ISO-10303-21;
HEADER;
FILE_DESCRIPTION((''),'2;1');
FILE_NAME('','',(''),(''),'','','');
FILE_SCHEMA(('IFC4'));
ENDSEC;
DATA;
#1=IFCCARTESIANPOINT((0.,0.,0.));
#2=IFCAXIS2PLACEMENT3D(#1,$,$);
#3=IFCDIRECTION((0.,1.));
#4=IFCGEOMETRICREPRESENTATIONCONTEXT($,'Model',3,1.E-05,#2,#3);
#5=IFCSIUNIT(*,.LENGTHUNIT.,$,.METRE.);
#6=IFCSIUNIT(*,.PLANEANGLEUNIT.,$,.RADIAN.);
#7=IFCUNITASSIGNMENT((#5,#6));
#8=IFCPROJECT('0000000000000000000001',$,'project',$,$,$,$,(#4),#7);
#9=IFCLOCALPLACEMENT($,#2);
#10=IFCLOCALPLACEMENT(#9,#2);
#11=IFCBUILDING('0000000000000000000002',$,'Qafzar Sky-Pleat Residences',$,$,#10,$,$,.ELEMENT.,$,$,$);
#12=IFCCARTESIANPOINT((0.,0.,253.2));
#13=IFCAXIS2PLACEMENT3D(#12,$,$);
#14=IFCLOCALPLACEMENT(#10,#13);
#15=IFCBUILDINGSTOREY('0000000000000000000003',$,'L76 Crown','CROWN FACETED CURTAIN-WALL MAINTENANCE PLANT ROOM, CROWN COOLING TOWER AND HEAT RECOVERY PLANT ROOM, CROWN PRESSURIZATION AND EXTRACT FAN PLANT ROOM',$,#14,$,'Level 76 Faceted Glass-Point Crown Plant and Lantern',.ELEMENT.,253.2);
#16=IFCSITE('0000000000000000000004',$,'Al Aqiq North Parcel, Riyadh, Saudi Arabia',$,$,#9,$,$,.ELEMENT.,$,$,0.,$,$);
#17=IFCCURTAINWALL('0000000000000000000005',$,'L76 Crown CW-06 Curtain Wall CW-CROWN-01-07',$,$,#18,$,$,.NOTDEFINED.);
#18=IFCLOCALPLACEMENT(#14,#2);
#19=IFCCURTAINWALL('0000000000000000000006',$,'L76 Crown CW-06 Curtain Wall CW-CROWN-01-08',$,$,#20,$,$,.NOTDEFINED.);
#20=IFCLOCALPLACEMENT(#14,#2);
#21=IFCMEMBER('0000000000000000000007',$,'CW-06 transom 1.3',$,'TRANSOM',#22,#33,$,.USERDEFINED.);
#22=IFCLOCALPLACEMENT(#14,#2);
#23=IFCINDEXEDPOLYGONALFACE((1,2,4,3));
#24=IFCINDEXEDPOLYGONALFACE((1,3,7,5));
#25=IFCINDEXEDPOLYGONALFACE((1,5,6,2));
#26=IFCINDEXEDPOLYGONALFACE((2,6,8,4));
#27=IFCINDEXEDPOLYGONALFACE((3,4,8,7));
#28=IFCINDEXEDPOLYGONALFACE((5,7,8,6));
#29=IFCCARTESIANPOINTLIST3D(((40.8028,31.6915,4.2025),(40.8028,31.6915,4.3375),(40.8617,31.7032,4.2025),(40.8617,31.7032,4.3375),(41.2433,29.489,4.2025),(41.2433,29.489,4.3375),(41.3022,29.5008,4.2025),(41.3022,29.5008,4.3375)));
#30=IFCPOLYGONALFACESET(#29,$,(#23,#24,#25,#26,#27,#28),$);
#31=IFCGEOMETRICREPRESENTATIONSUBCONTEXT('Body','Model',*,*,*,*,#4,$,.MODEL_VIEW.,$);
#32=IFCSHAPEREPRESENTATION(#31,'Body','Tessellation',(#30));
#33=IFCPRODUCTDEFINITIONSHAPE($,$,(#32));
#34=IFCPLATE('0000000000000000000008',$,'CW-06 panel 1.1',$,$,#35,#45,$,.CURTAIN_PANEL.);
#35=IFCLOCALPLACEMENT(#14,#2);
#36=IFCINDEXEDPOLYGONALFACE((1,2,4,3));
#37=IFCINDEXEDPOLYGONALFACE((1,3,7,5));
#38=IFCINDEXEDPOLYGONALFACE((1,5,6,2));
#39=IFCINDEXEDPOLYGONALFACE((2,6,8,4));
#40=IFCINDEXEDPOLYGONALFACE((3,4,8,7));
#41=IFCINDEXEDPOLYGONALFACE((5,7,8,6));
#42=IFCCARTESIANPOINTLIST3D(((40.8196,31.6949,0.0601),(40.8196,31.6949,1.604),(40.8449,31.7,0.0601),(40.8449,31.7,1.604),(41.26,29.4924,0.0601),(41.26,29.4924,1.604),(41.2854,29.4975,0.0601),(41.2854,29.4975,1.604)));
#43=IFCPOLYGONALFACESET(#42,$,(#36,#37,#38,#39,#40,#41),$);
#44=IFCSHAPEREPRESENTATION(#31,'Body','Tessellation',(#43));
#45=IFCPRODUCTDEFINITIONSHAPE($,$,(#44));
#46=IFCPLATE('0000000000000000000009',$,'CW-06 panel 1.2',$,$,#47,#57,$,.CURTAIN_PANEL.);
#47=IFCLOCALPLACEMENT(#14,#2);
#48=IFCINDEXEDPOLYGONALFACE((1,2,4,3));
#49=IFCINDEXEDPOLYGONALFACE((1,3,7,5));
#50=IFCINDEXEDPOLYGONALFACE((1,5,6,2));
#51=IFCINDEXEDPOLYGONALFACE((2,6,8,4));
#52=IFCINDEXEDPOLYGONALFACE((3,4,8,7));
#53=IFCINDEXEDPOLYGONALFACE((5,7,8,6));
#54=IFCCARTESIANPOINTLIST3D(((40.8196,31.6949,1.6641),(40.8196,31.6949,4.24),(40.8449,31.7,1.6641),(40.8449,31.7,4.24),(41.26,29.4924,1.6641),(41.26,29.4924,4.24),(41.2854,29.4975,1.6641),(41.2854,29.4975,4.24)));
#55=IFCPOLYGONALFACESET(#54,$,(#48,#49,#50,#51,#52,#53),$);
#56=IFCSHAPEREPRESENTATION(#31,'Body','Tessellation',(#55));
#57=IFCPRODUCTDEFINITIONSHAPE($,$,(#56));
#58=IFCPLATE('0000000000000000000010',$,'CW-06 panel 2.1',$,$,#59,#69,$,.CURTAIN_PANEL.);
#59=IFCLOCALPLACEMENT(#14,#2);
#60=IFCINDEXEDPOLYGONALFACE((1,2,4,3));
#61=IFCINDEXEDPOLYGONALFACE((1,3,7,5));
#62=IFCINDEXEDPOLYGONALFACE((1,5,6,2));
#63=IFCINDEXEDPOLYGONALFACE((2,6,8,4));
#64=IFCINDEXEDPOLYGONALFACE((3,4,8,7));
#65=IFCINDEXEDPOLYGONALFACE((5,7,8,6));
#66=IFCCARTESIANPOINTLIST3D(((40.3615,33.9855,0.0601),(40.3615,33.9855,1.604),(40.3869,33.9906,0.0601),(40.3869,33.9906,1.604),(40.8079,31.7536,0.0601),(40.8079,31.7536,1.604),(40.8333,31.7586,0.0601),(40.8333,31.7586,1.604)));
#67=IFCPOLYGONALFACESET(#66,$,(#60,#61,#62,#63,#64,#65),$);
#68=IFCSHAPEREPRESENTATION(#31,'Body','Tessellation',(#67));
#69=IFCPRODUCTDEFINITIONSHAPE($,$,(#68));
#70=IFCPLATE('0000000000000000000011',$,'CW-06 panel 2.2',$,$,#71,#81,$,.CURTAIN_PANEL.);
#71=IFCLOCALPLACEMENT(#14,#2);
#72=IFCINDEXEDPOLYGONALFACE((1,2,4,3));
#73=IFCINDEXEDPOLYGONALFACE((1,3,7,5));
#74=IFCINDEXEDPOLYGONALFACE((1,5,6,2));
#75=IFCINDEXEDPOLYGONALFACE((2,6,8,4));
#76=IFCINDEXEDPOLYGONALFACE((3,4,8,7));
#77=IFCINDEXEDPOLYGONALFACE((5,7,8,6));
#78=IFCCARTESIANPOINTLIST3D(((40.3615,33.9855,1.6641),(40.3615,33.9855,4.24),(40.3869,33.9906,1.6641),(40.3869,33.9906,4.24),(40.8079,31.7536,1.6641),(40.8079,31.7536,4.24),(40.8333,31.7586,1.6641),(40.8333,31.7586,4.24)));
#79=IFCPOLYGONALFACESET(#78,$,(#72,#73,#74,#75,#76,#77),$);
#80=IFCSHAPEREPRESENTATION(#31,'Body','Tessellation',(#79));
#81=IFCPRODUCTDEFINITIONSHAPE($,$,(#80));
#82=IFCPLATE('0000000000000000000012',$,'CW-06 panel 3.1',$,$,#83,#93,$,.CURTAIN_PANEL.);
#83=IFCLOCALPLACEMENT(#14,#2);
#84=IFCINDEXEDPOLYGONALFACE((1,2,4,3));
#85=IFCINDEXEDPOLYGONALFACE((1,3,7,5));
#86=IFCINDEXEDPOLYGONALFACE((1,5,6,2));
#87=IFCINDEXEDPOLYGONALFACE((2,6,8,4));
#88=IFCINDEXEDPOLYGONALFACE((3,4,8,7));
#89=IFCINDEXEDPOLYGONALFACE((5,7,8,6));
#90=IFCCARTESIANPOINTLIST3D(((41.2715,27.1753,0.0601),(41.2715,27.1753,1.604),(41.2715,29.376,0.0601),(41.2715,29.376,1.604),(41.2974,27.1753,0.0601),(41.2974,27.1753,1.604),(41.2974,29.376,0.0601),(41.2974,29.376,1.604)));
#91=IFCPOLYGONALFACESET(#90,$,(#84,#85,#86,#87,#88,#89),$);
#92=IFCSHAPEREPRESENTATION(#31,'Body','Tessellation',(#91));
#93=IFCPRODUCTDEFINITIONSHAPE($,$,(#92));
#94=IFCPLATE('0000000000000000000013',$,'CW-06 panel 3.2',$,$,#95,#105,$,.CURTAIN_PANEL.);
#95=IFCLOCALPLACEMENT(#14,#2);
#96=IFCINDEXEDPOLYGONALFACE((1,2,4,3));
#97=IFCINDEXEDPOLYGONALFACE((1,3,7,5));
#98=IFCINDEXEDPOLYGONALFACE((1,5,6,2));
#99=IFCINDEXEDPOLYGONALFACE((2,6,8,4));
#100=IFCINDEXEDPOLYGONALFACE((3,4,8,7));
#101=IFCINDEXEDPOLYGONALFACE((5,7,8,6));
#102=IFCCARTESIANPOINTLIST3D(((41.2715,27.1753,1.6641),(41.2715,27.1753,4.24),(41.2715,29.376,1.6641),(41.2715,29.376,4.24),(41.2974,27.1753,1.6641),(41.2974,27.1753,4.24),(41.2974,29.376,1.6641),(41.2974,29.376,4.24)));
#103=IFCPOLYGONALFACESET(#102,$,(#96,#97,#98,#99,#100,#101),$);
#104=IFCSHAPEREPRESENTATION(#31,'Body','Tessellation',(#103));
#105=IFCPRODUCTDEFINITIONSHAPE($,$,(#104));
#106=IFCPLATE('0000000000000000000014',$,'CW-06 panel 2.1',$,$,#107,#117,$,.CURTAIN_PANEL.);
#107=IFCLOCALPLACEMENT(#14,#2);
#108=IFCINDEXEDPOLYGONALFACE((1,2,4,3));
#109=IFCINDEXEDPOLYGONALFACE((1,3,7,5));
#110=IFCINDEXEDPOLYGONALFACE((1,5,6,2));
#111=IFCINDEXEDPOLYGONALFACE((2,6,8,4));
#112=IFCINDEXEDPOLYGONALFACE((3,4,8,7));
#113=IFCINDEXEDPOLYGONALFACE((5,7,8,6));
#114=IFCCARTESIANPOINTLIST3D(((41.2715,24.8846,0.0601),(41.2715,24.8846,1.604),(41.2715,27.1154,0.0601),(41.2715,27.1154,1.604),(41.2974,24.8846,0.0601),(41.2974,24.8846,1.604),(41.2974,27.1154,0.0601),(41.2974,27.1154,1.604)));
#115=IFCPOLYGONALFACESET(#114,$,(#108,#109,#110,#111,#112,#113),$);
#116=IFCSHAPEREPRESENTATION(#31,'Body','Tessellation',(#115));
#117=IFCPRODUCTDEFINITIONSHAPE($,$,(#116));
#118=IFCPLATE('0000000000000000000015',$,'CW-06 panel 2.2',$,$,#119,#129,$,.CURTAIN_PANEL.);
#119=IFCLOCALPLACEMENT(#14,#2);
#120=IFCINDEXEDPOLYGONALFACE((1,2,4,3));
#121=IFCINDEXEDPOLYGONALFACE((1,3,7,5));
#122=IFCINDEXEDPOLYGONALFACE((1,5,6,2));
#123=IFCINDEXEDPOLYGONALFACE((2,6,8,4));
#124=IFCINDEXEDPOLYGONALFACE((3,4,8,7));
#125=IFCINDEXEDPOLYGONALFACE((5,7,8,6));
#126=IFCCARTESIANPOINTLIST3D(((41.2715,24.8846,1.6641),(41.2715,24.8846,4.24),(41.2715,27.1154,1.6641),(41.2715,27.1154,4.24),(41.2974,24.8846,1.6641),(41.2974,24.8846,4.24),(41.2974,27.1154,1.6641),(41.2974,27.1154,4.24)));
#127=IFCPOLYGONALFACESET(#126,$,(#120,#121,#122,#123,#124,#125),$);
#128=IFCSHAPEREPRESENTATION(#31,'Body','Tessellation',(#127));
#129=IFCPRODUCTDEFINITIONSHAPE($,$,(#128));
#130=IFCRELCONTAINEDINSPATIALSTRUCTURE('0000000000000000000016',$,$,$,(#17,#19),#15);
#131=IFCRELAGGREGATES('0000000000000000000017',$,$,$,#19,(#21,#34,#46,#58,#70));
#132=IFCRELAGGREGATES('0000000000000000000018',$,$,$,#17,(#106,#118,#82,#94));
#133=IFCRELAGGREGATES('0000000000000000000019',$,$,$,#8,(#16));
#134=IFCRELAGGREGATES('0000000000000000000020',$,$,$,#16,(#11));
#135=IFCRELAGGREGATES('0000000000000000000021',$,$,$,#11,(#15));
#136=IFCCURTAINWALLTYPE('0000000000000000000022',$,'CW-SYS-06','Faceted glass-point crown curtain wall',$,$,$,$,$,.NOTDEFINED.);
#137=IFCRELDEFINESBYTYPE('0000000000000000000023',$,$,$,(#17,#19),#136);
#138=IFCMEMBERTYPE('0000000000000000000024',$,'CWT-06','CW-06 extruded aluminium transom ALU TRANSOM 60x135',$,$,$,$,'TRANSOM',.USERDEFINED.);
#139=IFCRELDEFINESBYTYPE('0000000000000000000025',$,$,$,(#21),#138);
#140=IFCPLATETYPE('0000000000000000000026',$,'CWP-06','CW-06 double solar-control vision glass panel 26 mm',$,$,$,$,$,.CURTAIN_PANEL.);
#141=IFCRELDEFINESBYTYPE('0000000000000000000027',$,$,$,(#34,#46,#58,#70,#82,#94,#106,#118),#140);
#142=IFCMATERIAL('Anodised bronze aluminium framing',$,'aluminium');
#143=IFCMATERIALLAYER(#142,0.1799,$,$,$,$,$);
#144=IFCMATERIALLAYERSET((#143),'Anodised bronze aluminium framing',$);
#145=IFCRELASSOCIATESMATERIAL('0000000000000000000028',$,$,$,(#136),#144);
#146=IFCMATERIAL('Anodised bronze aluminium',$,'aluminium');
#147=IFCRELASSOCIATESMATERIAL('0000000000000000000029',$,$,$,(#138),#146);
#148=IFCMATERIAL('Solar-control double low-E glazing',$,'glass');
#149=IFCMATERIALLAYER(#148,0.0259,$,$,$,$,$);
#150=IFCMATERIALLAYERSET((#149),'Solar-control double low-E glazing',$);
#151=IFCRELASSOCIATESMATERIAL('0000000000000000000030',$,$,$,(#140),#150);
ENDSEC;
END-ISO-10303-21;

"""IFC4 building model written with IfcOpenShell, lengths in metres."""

from ifc_helpers import new_model, si_unit, direction, frame, origin, origin_2d, place, context, subcontext, project, spatial, rectangle, extrude, source, transform, mapped, material, layer, layer_set, material_profile, profile_set, type_object, element, aggregate, save


model = new_model("IFC4")

# Units and contexts
model_context = context("Model", 3, precision=1e-05, world=origin(), true_north=direction((0.0, 1.0)))
body_context = subcontext(model_context, "Body", "Model", "MODEL_VIEW")
ifc_project = project(units=[si_unit("LENGTHUNIT", "METRE"), si_unit("PLANEANGLEUNIT", "RADIAN")], contexts=[model_context])

# Site, building, storey
site_placement = place(None, origin())
site = spatial("IfcSite", under=ifc_project, at=site_placement, Name="Al Aqiq North Parcel, Riyadh, Saudi Arabia", CompositionType="ELEMENT", RefElevation=0.0)
building_placement = place(site_placement, origin())
building = spatial("IfcBuilding", under=site, at=building_placement, Name="Qafzar Sky-Pleat Residences", CompositionType="ELEMENT")
storey_placement = place(building_placement, frame((0.0, 0.0, 253.2)))
storey = spatial("IfcBuildingStorey", under=building, at=storey_placement, Name="L76 Crown", Description="CROWN FACETED CURTAIN-WALL MAINTENANCE PLANT ROOM, CROWN COOLING TOWER AND HEAT RECOVERY PLANT ROOM, CROWN PRESSURIZATION AND EXTRACT FAN PLANT ROOM", LongName="Level 76 Faceted Glass-Point Crown Plant and Lantern", CompositionType="ELEMENT", Elevation=253.2)

# Curtain walls
ifc_material_1 = material(Name="Anodised bronze aluminium framing", Category="aluminium")
ifc_layer_1 = layer(ifc_material_1, 0.1799)
ifc_layer_set_1 = layer_set([ifc_layer_1], Name="Anodised bronze aluminium framing")
curtain_wall_type = type_object("IfcCurtainWallType", Name="CW-SYS-06", Description="Faceted glass-point crown curtain wall", PredefinedType="NOTDEFINED", material=ifc_layer_set_1)
curtain_wall_1_placement = place(storey_placement, origin())
curtain_wall_1 = element("IfcCurtainWall", 1, at=curtain_wall_1_placement, inside=storey, type_object=curtain_wall_type, Name="L76 Crown CW-06 Curtain Wall CW-CROWN-01-07", PredefinedType="NOTDEFINED")
ifc_material_2 = material(Name="Anodised bronze aluminium", Category="aluminium")
curtain_wall_2_placement = place(storey_placement, origin())
curtain_wall_2 = element("IfcCurtainWall", 2, at=curtain_wall_2_placement, inside=storey, type_object=curtain_wall_type, Name="L76 Crown CW-06 Curtain Wall CW-CROWN-01-08", PredefinedType="NOTDEFINED")
ifc_material_profile_1 = material_profile(ifc_material_2, rectangle(XDim=0.0601, YDim=0.135, at=origin_2d()), Name="ALU TRANSOM 60x135")
ifc_profile_set_1 = profile_set([ifc_material_profile_1], Name="Anodised bronze aluminium")
member_type_1 = type_object("IfcMemberType", Name="CWT-06", Description="CW-06 extruded aluminium transom ALU TRANSOM 60x135", ElementType="TRANSOM", PredefinedType="USERDEFINED", material=ifc_profile_set_1)

# Member
shared_shape_1 = source(origin(), body_context, "Body", "SweptSolid", [
    extrude(rectangle(XDim=0.0601, YDim=0.135, at=origin_2d()), origin(), (0.0, 0.0, 1.0), 2.2461),
])
member_1_placement = place(storey_placement, frame((41.2727, 29.4949, 4.27), z_axis=(-0.196095, 0.980585, 0.0), x_axis=(-0.980585, -0.196095, 0.0)))
member_1 = element("IfcMember", 3, at=member_1_placement, type_object=member_type_1, Name="CW-06 transom 1.3", ObjectType="TRANSOM", PredefinedType="USERDEFINED", context=body_context, shape_type="MappedRepresentation", body=[
    mapped(shared_shape_1, transform((0.0, 0.0, 0.0), x_axis=(1.0, 0.0, 0.0), y_axis=(0.0, 1.0, 0.0), z_axis=(0.0, 0.0, 1.0), scale=1.0)),
])

# Plates
ifc_material_3 = material(Name="Solar-control double low-E glazing", Category="glass")
ifc_layer_2 = layer(ifc_material_3, 0.0259)
ifc_layer_set_2 = layer_set([ifc_layer_2], Name="Solar-control double low-E glazing")
plate_type = type_object("IfcPlateType", Name="CWP-06", Description="CW-06 double solar-control vision glass panel 26 mm", PredefinedType="CURTAIN_PANEL", material=ifc_layer_set_2)
shared_shape_2 = source(origin(), body_context, "Body", "SweptSolid", [
    extrude(rectangle(XDim=2.2461, YDim=0.0259, at=origin_2d()), origin(), (0.0, 0.0, 1.0), 1.5439),
])
plate_1_placement = place(storey_placement, frame((41.0525, 30.5962, 0.0601), z_axis=(0.0, 0.0, 1.0), x_axis=(-0.196113, 0.980581, 0.0)))
plate_1 = element("IfcPlate", 4, at=plate_1_placement, type_object=plate_type, Name="CW-06 panel 1.1", PredefinedType="CURTAIN_PANEL", context=body_context, shape_type="MappedRepresentation", body=[
    mapped(shared_shape_2, transform((0.0, 0.0, 0.0), x_axis=(1.0, 0.0, 0.0), y_axis=(0.0, 1.0, 0.0), z_axis=(0.0, 0.0, 1.0), scale=1.0)),
])
shared_shape_3 = source(origin(), body_context, "Body", "SweptSolid", [
    extrude(rectangle(XDim=2.2461, YDim=0.0259, at=origin_2d()), origin(), (0.0, 0.0, 1.0), 2.5759),
])
plate_2_placement = place(storey_placement, frame((41.0525, 30.5962, 1.6641), z_axis=(0.0, 0.0, 1.0), x_axis=(-0.196113, 0.980581, 0.0)))
plate_2 = element("IfcPlate", 5, at=plate_2_placement, type_object=plate_type, Name="CW-06 panel 1.2", PredefinedType="CURTAIN_PANEL", context=body_context, shape_type="MappedRepresentation", body=[
    mapped(shared_shape_3, transform((0.0, 0.0, 0.0), x_axis=(1.0, 0.0, 0.0), y_axis=(0.0, 1.0, 0.0), z_axis=(0.0, 0.0, 1.0), scale=1.0)),
])
shared_shape_4 = source(origin(), body_context, "Body", "SweptSolid", [
    extrude(rectangle(XDim=2.2761, YDim=0.0259, at=origin_2d()), origin(), (0.0, 0.0, 1.0), 1.5439),
])
plate_3_placement = place(storey_placement, frame((40.5974, 32.8721, 0.0601), z_axis=(0.0, 0.0, 1.0), x_axis=(-0.196113, 0.980581, 0.0)))
plate_3 = element("IfcPlate", 6, at=plate_3_placement, type_object=plate_type, Name="CW-06 panel 2.1", PredefinedType="CURTAIN_PANEL", context=body_context, shape_type="MappedRepresentation", body=[
    mapped(shared_shape_4, transform((0.0, 0.0, 0.0), x_axis=(1.0, 0.0, 0.0), y_axis=(0.0, 1.0, 0.0), z_axis=(0.0, 0.0, 1.0), scale=1.0)),
])
shared_shape_5 = source(origin(), body_context, "Body", "SweptSolid", [
    extrude(rectangle(XDim=2.2761, YDim=0.0259, at=origin_2d()), origin(), (0.0, 0.0, 1.0), 2.5759),
])
plate_4_placement = place(storey_placement, frame((40.5974, 32.8721, 1.6641), z_axis=(0.0, 0.0, 1.0), x_axis=(-0.196113, 0.980581, 0.0)))
plate_4 = element("IfcPlate", 7, at=plate_4_placement, type_object=plate_type, Name="CW-06 panel 2.2", PredefinedType="CURTAIN_PANEL", context=body_context, shape_type="MappedRepresentation", body=[
    mapped(shared_shape_5, transform((0.0, 0.0, 0.0), x_axis=(1.0, 0.0, 0.0), y_axis=(0.0, 1.0, 0.0), z_axis=(0.0, 0.0, 1.0), scale=1.0)),
])
aggregate(curtain_wall_2, [member_1, plate_1, plate_2, plate_3, plate_4])
shared_shape_6 = source(origin(), body_context, "Body", "SweptSolid", [
    extrude(rectangle(XDim=2.2007, YDim=0.0259, at=origin_2d()), origin(), (0.0, 0.0, 1.0), 1.5439),
])
plate_5_placement = place(storey_placement, frame((41.2844, 28.2756, 0.0601), z_axis=(0.0, 0.0, 1.0), x_axis=(0.0, 1.0, 0.0)))
plate_5 = element("IfcPlate", 8, at=plate_5_placement, type_object=plate_type, Name="CW-06 panel 3.1", PredefinedType="CURTAIN_PANEL", context=body_context, shape_type="MappedRepresentation", body=[
    mapped(shared_shape_6, transform((0.0, 0.0, 0.0), x_axis=(1.0, 0.0, 0.0), y_axis=(0.0, 1.0, 0.0), z_axis=(0.0, 0.0, 1.0), scale=1.0)),
])
shared_shape_7 = source(origin(), body_context, "Body", "SweptSolid", [
    extrude(rectangle(XDim=2.2007, YDim=0.0259, at=origin_2d()), origin(), (0.0, 0.0, 1.0), 2.5759),
])
plate_6_placement = place(storey_placement, frame((41.2844, 28.2756, 1.6641), z_axis=(0.0, 0.0, 1.0), x_axis=(0.0, 1.0, 0.0)))
plate_6 = element("IfcPlate", 9, at=plate_6_placement, type_object=plate_type, Name="CW-06 panel 3.2", PredefinedType="CURTAIN_PANEL", context=body_context, shape_type="MappedRepresentation", body=[
    mapped(shared_shape_7, transform((0.0, 0.0, 0.0), x_axis=(1.0, 0.0, 0.0), y_axis=(0.0, 1.0, 0.0), z_axis=(0.0, 0.0, 1.0), scale=1.0)),
])
shared_shape_8 = source(origin(), body_context, "Body", "SweptSolid", [
    extrude(rectangle(XDim=2.2307, YDim=0.0259, at=origin_2d()), origin(), (0.0, 0.0, 1.0), 1.5439),
])
plate_7_placement = place(storey_placement, frame((41.2844, 26.0, 0.0601), z_axis=(0.0, 0.0, 1.0), x_axis=(0.0, 1.0, 0.0)))
plate_7 = element("IfcPlate", 10, at=plate_7_placement, type_object=plate_type, Name="CW-06 panel 2.1", PredefinedType="CURTAIN_PANEL", context=body_context, shape_type="MappedRepresentation", body=[
    mapped(shared_shape_8, transform((0.0, 0.0, 0.0), x_axis=(1.0, 0.0, 0.0), y_axis=(0.0, 1.0, 0.0), z_axis=(0.0, 0.0, 1.0), scale=1.0)),
])
shared_shape_9 = source(origin(), body_context, "Body", "SweptSolid", [
    extrude(rectangle(XDim=2.2307, YDim=0.0259, at=origin_2d()), origin(), (0.0, 0.0, 1.0), 2.5759),
])
plate_8_placement = place(storey_placement, frame((41.2844, 26.0, 1.6641), z_axis=(0.0, 0.0, 1.0), x_axis=(0.0, 1.0, 0.0)))
plate_8 = element("IfcPlate", 11, at=plate_8_placement, type_object=plate_type, Name="CW-06 panel 2.2", PredefinedType="CURTAIN_PANEL", context=body_context, shape_type="MappedRepresentation", body=[
    mapped(shared_shape_9, transform((0.0, 0.0, 0.0), x_axis=(1.0, 0.0, 0.0), y_axis=(0.0, 1.0, 0.0), z_axis=(0.0, 0.0, 1.0), scale=1.0)),
])
aggregate(curtain_wall_1, [plate_7, plate_8, plate_5, plate_6])

save(model, "model.ifc")
